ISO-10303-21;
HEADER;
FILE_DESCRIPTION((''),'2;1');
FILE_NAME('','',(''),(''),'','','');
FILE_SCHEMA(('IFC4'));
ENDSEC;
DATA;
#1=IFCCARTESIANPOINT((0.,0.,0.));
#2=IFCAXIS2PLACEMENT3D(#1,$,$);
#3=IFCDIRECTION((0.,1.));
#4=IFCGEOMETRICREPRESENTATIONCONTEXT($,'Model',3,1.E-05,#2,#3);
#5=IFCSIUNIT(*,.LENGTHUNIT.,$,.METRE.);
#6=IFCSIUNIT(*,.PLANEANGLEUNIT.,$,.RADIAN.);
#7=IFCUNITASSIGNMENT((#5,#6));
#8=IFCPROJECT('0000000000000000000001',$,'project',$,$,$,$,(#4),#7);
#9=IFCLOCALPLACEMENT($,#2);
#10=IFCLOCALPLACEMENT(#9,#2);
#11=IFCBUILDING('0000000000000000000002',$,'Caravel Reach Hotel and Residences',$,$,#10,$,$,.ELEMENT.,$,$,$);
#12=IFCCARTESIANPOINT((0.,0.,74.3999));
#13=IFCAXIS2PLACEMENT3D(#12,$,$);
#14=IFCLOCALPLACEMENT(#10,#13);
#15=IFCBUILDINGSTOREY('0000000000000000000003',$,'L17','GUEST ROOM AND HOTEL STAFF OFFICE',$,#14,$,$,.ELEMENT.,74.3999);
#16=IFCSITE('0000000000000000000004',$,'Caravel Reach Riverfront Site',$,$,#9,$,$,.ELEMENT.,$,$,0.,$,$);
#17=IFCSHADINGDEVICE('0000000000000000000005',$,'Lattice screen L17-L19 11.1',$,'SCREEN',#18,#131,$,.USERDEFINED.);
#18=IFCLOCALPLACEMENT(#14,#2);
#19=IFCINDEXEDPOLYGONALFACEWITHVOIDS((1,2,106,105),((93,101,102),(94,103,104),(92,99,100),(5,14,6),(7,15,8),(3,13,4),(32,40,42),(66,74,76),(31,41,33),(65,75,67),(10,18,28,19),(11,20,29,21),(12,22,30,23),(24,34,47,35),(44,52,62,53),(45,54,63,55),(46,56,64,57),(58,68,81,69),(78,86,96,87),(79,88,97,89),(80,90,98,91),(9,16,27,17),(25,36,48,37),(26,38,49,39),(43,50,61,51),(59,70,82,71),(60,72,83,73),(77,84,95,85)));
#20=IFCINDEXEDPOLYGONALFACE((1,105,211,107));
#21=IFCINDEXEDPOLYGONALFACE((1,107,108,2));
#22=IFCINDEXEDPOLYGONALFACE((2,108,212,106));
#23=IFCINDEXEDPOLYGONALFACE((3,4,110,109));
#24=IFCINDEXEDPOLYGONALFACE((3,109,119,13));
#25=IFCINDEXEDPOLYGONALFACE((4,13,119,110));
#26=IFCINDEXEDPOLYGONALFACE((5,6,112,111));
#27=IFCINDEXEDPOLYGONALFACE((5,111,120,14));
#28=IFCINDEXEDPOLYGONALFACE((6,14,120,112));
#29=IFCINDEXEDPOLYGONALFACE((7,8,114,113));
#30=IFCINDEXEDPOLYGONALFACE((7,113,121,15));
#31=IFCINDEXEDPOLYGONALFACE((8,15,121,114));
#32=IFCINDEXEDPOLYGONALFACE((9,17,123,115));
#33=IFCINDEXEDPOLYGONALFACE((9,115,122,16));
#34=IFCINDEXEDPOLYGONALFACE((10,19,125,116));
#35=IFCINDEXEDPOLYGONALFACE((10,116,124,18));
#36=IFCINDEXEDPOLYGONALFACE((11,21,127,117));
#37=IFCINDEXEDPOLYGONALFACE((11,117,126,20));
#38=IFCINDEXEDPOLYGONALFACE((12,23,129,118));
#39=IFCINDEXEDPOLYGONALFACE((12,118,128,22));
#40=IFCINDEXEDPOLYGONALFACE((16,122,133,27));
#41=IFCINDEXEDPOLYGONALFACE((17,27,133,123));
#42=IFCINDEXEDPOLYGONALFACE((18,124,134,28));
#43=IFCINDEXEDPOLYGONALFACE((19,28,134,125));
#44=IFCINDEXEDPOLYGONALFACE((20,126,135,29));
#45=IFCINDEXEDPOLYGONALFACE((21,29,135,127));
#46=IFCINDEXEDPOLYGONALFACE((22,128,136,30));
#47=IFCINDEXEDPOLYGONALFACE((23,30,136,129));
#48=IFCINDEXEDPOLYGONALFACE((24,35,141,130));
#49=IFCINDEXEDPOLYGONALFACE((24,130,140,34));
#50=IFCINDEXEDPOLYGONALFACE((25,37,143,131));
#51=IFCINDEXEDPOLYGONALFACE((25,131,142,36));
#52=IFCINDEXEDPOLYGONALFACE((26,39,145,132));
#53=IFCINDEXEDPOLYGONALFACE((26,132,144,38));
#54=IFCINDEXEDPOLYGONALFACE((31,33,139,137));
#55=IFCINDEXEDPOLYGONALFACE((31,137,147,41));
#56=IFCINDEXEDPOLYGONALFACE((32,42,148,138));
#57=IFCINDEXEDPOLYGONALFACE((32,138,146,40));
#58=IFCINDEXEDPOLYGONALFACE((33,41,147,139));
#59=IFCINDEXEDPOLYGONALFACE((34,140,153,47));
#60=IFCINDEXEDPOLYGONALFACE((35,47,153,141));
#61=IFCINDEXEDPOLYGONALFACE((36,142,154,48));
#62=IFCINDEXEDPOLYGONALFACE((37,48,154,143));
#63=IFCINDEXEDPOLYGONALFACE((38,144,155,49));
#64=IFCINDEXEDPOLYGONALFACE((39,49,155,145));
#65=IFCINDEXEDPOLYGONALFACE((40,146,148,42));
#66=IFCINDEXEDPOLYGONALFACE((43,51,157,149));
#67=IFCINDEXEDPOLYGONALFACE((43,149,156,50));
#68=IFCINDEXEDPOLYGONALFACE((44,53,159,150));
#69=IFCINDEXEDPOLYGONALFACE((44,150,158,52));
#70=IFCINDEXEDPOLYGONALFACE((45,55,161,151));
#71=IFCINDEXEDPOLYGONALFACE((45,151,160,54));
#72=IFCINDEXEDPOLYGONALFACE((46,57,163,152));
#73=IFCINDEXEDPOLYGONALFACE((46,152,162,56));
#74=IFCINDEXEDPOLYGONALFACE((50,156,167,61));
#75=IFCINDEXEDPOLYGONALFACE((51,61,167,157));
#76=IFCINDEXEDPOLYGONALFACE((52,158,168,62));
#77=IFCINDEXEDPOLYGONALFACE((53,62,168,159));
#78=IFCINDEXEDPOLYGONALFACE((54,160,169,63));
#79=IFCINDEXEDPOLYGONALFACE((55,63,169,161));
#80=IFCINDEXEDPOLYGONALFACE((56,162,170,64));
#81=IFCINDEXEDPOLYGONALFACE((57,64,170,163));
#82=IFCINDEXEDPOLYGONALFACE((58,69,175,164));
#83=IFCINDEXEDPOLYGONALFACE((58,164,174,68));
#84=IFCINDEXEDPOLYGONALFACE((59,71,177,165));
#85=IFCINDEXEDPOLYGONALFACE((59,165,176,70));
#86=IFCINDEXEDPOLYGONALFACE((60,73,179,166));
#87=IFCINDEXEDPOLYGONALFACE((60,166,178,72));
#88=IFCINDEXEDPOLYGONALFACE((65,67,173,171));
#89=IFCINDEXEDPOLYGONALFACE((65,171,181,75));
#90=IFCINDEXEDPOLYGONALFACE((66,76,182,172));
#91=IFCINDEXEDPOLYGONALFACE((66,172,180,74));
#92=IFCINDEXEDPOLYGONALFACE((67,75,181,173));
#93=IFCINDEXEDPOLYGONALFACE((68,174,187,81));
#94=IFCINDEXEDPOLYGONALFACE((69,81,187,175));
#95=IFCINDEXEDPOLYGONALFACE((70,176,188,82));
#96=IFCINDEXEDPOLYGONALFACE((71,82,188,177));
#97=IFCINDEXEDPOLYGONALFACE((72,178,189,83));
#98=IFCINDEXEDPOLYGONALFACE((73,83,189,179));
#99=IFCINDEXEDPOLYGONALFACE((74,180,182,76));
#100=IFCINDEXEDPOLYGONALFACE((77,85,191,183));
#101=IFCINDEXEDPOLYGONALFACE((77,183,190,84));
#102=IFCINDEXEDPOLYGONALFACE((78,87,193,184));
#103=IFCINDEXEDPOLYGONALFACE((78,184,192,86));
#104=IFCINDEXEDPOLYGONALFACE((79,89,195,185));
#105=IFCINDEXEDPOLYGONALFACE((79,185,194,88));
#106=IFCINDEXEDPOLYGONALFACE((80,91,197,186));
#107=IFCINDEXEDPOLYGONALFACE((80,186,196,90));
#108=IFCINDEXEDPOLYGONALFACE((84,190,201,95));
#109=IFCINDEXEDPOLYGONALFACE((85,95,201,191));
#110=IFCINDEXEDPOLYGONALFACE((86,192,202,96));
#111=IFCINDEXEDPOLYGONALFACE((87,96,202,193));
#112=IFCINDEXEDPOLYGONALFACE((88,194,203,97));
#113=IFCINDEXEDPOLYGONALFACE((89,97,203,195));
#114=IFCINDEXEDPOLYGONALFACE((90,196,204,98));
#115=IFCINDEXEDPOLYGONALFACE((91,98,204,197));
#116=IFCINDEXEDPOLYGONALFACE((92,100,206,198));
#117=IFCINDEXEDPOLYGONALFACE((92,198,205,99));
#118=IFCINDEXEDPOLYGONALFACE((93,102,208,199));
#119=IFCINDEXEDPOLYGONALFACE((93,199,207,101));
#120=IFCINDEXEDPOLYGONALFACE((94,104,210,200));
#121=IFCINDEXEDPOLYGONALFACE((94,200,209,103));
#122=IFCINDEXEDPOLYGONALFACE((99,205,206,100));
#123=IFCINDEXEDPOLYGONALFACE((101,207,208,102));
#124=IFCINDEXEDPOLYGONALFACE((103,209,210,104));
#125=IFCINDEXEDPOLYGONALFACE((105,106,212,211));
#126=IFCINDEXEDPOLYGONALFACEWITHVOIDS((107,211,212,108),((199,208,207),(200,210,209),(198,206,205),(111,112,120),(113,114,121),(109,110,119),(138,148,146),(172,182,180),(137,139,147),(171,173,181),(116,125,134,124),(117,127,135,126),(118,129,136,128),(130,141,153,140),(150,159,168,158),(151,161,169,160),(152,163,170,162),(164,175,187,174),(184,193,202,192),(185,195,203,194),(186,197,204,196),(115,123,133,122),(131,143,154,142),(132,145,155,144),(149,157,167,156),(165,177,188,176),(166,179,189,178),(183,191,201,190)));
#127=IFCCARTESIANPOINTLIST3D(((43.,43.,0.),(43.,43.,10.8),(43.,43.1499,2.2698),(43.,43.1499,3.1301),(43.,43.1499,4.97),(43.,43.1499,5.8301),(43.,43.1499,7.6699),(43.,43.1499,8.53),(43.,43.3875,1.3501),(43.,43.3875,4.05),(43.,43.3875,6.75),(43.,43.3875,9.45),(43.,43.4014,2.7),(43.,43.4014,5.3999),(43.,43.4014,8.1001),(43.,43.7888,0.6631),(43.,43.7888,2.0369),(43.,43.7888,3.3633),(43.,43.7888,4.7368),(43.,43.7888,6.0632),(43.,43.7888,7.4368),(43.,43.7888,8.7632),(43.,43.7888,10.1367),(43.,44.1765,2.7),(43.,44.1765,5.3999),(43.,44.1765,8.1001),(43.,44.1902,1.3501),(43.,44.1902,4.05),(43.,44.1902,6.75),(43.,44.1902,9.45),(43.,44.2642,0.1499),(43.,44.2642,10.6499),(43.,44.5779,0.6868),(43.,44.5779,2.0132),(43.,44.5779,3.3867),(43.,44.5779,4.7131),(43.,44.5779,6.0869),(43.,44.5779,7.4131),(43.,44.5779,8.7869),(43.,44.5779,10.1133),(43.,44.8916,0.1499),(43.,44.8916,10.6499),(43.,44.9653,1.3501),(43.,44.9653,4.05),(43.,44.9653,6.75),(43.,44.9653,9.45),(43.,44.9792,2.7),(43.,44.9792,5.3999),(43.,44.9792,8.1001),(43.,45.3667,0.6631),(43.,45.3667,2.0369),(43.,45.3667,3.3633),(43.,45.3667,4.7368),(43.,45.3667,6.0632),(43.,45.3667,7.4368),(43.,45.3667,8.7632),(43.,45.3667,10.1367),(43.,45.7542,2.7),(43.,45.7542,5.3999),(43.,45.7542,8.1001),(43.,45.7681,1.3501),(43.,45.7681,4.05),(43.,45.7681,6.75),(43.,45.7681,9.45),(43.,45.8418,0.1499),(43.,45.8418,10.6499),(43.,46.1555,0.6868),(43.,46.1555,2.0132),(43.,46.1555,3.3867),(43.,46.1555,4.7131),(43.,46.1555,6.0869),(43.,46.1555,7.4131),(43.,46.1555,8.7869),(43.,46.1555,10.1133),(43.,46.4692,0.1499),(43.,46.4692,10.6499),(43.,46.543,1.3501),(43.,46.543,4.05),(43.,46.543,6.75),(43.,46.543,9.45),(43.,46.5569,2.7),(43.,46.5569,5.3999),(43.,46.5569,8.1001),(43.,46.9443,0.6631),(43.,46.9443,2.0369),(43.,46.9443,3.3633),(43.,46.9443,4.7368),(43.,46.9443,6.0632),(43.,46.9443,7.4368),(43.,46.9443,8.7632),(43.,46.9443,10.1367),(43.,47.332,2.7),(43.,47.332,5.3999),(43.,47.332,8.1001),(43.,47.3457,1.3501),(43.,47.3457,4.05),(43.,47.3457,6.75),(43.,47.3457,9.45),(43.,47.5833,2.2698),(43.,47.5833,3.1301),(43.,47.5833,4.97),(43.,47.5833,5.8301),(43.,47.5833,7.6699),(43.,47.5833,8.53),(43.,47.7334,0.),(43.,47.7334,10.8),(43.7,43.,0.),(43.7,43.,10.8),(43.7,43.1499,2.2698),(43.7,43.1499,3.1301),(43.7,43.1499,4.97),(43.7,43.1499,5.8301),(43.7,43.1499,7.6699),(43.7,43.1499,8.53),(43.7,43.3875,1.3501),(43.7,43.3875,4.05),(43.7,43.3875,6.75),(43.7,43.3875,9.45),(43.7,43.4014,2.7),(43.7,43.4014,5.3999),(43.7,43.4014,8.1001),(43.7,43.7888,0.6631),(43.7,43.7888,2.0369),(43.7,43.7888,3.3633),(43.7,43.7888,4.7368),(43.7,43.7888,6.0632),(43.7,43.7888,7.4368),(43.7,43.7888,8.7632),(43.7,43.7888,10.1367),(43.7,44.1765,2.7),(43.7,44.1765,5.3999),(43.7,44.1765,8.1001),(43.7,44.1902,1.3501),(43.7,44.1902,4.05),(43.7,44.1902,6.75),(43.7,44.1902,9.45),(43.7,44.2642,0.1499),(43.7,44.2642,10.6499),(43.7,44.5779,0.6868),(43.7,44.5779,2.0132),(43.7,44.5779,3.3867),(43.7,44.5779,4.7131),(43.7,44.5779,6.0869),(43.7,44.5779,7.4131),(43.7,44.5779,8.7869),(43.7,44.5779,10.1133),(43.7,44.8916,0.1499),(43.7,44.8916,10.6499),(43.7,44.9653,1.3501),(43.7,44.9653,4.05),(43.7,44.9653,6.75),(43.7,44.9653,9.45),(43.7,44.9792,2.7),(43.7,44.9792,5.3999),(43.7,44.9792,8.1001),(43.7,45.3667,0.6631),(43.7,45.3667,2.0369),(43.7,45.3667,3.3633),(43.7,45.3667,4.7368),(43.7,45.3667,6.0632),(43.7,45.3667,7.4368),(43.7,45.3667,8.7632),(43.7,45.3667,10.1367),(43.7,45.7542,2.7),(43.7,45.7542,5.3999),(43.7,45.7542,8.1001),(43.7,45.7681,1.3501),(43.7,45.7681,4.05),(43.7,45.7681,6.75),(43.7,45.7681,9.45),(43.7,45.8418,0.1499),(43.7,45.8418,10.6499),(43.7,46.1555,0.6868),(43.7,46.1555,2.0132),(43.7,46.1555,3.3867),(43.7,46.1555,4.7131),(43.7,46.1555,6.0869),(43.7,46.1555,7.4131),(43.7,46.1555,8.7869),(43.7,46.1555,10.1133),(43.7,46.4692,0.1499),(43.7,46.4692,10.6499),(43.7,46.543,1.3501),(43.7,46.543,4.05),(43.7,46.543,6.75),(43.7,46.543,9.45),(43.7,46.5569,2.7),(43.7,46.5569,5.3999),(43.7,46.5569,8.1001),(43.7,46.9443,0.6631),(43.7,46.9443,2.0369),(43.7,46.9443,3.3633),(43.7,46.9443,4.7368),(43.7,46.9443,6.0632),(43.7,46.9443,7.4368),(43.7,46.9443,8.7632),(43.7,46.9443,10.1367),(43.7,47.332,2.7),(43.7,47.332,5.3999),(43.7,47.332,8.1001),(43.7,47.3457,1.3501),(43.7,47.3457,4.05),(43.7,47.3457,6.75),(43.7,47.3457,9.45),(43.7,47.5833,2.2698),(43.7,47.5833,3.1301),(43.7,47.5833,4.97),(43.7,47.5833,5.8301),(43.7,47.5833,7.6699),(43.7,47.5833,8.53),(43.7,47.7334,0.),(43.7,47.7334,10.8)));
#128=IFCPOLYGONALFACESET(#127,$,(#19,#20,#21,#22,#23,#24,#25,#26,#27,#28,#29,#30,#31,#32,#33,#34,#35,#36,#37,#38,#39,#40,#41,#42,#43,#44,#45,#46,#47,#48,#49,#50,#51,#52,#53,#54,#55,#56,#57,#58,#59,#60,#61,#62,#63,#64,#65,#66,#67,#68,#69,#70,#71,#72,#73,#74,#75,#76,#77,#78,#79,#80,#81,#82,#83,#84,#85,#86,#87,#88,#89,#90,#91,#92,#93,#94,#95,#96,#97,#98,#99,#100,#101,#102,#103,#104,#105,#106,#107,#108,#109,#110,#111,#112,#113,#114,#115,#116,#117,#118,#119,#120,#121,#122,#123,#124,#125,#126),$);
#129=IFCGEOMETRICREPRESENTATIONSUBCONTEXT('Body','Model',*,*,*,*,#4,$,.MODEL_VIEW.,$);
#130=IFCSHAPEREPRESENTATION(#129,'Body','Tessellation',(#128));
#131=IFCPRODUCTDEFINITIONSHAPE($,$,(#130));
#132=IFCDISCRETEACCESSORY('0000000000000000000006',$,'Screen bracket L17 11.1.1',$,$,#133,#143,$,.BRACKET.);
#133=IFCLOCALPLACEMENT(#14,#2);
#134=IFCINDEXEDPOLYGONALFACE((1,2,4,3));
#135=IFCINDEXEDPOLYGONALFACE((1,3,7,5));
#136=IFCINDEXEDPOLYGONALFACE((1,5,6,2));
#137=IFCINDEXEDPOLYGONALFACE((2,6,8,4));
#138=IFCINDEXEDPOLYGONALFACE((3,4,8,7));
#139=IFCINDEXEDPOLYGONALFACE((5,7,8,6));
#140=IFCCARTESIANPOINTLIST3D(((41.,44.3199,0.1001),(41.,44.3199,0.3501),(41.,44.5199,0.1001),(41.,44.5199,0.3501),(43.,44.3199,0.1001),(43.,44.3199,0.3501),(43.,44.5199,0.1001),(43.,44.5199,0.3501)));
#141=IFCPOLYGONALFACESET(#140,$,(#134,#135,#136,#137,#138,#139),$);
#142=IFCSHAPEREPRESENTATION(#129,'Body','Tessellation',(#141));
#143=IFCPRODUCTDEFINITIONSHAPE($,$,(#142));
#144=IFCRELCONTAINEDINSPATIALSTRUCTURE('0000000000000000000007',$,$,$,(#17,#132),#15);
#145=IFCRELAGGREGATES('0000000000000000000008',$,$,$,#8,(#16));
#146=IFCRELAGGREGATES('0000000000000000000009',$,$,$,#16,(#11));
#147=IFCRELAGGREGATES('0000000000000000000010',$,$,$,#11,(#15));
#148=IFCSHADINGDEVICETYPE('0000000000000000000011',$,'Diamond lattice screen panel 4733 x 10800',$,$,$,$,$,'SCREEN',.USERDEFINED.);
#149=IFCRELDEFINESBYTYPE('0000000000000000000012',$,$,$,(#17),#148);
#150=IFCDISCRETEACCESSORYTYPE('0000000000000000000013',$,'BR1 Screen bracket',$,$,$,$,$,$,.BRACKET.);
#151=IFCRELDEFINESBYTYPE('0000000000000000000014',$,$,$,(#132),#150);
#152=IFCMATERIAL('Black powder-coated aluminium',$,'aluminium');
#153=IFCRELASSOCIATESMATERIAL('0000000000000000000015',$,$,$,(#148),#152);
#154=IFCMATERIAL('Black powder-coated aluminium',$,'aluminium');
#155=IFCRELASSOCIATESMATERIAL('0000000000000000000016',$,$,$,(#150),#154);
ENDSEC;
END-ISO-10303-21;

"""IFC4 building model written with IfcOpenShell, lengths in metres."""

from ifc_helpers import new_model, si_unit, direction, frame, origin, origin_2d, place, context, subcontext, project, spatial, polyline, rectangle, outline, extrude, material, type_object, element, save


model = new_model("IFC4")

# Units and contexts
model_context = context("Model", 3, precision=1e-05, world=origin(), true_north=direction((0.0, 1.0)))
body_context = subcontext(model_context, "Body", "Model", "MODEL_VIEW")
ifc_project = project(units=[si_unit("LENGTHUNIT", "METRE"), si_unit("PLANEANGLEUNIT", "RADIAN")], contexts=[model_context])

# Site, building, storey
site_placement = place(None, origin())
site = spatial("IfcSite", under=ifc_project, at=site_placement, Name="Caravel Reach Riverfront Site", CompositionType="ELEMENT", RefElevation=0.0)
building_placement = place(site_placement, origin())
building = spatial("IfcBuilding", under=site, at=building_placement, Name="Caravel Reach Hotel and Residences", CompositionType="ELEMENT")
storey_placement = place(building_placement, frame((0.0, 0.0, 74.3999)))
storey = spatial("IfcBuildingStorey", under=building, at=storey_placement, Name="L17", Description="GUEST ROOM AND HOTEL STAFF OFFICE", CompositionType="ELEMENT", Elevation=74.3999)

# Shading device
ifc_material_1 = material(Name="Black powder-coated aluminium", Category="aluminium")
shading_device_type = type_object("IfcShadingDeviceType", Name="Diamond lattice screen panel 4733 x 10800", ElementType="SCREEN", PredefinedType="USERDEFINED", material=ifc_material_1)
shading_device_placement = place(storey_placement, frame((43.0, 43.0, 0.0), z_axis=(1.0, 0.0, 0.0), x_axis=(0.0, 1.0, 0.0)))
element("IfcShadingDevice", 1, at=shading_device_placement, inside=storey, type_object=shading_device_type, Name="Lattice screen L17-L19 11.1", ObjectType="SCREEN", PredefinedType="USERDEFINED", context=body_context, shape_type="SweptSolid", body=[
    extrude(outline(polyline([(0.0, 0.0), (4.7334, 0.0), (4.7334, 10.8), (0.0, 10.8), (0.0, 0.0)]), holes=[polyline([(0.4014, 2.7), (0.1499, 3.1301), (0.1499, 2.2698), (0.4014, 2.7)]), polyline([(0.4014, 5.3999), (0.1499, 5.8301), (0.1499, 4.97), (0.4014, 5.3999)]), polyline([(0.4014, 8.1001), (0.1499, 8.53), (0.1499, 7.6699), (0.4014, 8.1001)]), polyline([(0.7888, 2.0369), (0.3875, 1.3501), (0.7888, 0.6631), (1.1902, 1.3501), (0.7888, 2.0369)]), polyline([(0.7888, 4.7368), (0.3875, 4.05), (0.7888, 3.3633), (1.1902, 4.05), (0.7888, 4.7368)]), polyline([(0.7888, 7.4368), (0.3875, 6.75), (0.7888, 6.0632), (1.1902, 6.75), (0.7888, 7.4368)]), polyline([(0.7888, 10.1367), (0.3875, 9.45), (0.7888, 8.7632), (1.1902, 9.45), (0.7888, 10.1367)]), polyline([(1.5779, 0.6868), (1.2642, 0.1499), (1.8916, 0.1499), (1.5779, 0.6868)]), polyline([(1.5779, 3.3867), (1.1765, 2.7), (1.5779, 2.0132), (1.9792, 2.7), (1.5779, 3.3867)]), polyline([(1.5779, 6.0869), (1.1765, 5.3999), (1.5779, 4.7131), (1.9792, 5.3999), (1.5779, 6.0869)]), polyline([(1.5779, 8.7869), (1.1765, 8.1001), (1.5779, 7.4131), (1.9792, 8.1001), (1.5779, 8.7869)]), polyline([(1.5779, 10.1133), (1.8916, 10.6499), (1.2642, 10.6499), (1.5779, 10.1133)]), polyline([(2.3667, 2.0369), (1.9653, 1.3501), (2.3667, 0.6631), (2.7681, 1.3501), (2.3667, 2.0369)]), polyline([(2.3667, 4.7368), (1.9653, 4.05), (2.3667, 3.3633), (2.7681, 4.05), (2.3667, 4.7368)]), polyline([(2.3667, 7.4368), (1.9653, 6.75), (2.3667, 6.0632), (2.7681, 6.75), (2.3667, 7.4368)]), polyline([(2.3667, 10.1367), (1.9653, 9.45), (2.3667, 8.7632), (2.7681, 9.45), (2.3667, 10.1367)]), polyline([(3.1555, 0.6868), (2.8418, 0.1499), (3.4692, 0.1499), (3.1555, 0.6868)]), polyline([(3.1555, 3.3867), (2.7542, 2.7), (3.1555, 2.0132), (3.5569, 2.7), (3.1555, 3.3867)]), polyline([(3.1555, 6.0869), (2.7542, 5.3999), (3.1555, 4.7131), (3.5569, 5.3999), (3.1555, 6.0869)]), polyline([(3.1555, 8.7869), (2.7542, 8.1001), (3.1555, 7.4131), (3.5569, 8.1001), (3.1555, 8.7869)]), polyline([(3.1555, 10.1133), (3.4692, 10.6499), (2.8418, 10.6499), (3.1555, 10.1133)]), polyline([(3.9443, 2.0369), (3.543, 1.3501), (3.9443, 0.6631), (4.3457, 1.3501), (3.9443, 2.0369)]), polyline([(3.9443, 4.7368), (3.543, 4.05), (3.9443, 3.3633), (4.3457, 4.05), (3.9443, 4.7368)]), polyline([(3.9443, 7.4368), (3.543, 6.75), (3.9443, 6.0632), (4.3457, 6.75), (3.9443, 7.4368)]), polyline([(3.9443, 10.1367), (3.543, 9.45), (3.9443, 8.7632), (4.3457, 9.45), (3.9443, 10.1367)]), polyline([(4.332, 2.7), (4.5833, 2.2698), (4.5833, 3.1301), (4.332, 2.7)]), polyline([(4.332, 5.3999), (4.5833, 4.97), (4.5833, 5.8301), (4.332, 5.3999)]), polyline([(4.332, 8.1001), (4.5833, 7.6699), (4.5833, 8.53), (4.332, 8.1001)])]), origin(), (0.0, 0.0, 1.0), 0.7),
])

# Discrete accessory
ifc_material_2 = material(Name="Black powder-coated aluminium", Category="aluminium")
discrete_accessory_type = type_object("IfcDiscreteAccessoryType", Name="BR1 Screen bracket", PredefinedType="BRACKET", material=ifc_material_2)
discrete_accessory_placement = place(storey_placement, frame((42.0, 44.4199, 0.1001), z_axis=(0.0, 0.0, 1.0), x_axis=(1.0, 0.0, 0.0)))
element("IfcDiscreteAccessory", 2, at=discrete_accessory_placement, inside=storey, type_object=discrete_accessory_type, Name="Screen bracket L17 11.1.1", PredefinedType="BRACKET", context=body_context, shape_type="SweptSolid", body=[
    extrude(rectangle(XDim=2.0, YDim=0.2, at=origin_2d()), origin(), (0.0, 0.0, 1.0), 0.25),
])

save(model, "model.ifc")
